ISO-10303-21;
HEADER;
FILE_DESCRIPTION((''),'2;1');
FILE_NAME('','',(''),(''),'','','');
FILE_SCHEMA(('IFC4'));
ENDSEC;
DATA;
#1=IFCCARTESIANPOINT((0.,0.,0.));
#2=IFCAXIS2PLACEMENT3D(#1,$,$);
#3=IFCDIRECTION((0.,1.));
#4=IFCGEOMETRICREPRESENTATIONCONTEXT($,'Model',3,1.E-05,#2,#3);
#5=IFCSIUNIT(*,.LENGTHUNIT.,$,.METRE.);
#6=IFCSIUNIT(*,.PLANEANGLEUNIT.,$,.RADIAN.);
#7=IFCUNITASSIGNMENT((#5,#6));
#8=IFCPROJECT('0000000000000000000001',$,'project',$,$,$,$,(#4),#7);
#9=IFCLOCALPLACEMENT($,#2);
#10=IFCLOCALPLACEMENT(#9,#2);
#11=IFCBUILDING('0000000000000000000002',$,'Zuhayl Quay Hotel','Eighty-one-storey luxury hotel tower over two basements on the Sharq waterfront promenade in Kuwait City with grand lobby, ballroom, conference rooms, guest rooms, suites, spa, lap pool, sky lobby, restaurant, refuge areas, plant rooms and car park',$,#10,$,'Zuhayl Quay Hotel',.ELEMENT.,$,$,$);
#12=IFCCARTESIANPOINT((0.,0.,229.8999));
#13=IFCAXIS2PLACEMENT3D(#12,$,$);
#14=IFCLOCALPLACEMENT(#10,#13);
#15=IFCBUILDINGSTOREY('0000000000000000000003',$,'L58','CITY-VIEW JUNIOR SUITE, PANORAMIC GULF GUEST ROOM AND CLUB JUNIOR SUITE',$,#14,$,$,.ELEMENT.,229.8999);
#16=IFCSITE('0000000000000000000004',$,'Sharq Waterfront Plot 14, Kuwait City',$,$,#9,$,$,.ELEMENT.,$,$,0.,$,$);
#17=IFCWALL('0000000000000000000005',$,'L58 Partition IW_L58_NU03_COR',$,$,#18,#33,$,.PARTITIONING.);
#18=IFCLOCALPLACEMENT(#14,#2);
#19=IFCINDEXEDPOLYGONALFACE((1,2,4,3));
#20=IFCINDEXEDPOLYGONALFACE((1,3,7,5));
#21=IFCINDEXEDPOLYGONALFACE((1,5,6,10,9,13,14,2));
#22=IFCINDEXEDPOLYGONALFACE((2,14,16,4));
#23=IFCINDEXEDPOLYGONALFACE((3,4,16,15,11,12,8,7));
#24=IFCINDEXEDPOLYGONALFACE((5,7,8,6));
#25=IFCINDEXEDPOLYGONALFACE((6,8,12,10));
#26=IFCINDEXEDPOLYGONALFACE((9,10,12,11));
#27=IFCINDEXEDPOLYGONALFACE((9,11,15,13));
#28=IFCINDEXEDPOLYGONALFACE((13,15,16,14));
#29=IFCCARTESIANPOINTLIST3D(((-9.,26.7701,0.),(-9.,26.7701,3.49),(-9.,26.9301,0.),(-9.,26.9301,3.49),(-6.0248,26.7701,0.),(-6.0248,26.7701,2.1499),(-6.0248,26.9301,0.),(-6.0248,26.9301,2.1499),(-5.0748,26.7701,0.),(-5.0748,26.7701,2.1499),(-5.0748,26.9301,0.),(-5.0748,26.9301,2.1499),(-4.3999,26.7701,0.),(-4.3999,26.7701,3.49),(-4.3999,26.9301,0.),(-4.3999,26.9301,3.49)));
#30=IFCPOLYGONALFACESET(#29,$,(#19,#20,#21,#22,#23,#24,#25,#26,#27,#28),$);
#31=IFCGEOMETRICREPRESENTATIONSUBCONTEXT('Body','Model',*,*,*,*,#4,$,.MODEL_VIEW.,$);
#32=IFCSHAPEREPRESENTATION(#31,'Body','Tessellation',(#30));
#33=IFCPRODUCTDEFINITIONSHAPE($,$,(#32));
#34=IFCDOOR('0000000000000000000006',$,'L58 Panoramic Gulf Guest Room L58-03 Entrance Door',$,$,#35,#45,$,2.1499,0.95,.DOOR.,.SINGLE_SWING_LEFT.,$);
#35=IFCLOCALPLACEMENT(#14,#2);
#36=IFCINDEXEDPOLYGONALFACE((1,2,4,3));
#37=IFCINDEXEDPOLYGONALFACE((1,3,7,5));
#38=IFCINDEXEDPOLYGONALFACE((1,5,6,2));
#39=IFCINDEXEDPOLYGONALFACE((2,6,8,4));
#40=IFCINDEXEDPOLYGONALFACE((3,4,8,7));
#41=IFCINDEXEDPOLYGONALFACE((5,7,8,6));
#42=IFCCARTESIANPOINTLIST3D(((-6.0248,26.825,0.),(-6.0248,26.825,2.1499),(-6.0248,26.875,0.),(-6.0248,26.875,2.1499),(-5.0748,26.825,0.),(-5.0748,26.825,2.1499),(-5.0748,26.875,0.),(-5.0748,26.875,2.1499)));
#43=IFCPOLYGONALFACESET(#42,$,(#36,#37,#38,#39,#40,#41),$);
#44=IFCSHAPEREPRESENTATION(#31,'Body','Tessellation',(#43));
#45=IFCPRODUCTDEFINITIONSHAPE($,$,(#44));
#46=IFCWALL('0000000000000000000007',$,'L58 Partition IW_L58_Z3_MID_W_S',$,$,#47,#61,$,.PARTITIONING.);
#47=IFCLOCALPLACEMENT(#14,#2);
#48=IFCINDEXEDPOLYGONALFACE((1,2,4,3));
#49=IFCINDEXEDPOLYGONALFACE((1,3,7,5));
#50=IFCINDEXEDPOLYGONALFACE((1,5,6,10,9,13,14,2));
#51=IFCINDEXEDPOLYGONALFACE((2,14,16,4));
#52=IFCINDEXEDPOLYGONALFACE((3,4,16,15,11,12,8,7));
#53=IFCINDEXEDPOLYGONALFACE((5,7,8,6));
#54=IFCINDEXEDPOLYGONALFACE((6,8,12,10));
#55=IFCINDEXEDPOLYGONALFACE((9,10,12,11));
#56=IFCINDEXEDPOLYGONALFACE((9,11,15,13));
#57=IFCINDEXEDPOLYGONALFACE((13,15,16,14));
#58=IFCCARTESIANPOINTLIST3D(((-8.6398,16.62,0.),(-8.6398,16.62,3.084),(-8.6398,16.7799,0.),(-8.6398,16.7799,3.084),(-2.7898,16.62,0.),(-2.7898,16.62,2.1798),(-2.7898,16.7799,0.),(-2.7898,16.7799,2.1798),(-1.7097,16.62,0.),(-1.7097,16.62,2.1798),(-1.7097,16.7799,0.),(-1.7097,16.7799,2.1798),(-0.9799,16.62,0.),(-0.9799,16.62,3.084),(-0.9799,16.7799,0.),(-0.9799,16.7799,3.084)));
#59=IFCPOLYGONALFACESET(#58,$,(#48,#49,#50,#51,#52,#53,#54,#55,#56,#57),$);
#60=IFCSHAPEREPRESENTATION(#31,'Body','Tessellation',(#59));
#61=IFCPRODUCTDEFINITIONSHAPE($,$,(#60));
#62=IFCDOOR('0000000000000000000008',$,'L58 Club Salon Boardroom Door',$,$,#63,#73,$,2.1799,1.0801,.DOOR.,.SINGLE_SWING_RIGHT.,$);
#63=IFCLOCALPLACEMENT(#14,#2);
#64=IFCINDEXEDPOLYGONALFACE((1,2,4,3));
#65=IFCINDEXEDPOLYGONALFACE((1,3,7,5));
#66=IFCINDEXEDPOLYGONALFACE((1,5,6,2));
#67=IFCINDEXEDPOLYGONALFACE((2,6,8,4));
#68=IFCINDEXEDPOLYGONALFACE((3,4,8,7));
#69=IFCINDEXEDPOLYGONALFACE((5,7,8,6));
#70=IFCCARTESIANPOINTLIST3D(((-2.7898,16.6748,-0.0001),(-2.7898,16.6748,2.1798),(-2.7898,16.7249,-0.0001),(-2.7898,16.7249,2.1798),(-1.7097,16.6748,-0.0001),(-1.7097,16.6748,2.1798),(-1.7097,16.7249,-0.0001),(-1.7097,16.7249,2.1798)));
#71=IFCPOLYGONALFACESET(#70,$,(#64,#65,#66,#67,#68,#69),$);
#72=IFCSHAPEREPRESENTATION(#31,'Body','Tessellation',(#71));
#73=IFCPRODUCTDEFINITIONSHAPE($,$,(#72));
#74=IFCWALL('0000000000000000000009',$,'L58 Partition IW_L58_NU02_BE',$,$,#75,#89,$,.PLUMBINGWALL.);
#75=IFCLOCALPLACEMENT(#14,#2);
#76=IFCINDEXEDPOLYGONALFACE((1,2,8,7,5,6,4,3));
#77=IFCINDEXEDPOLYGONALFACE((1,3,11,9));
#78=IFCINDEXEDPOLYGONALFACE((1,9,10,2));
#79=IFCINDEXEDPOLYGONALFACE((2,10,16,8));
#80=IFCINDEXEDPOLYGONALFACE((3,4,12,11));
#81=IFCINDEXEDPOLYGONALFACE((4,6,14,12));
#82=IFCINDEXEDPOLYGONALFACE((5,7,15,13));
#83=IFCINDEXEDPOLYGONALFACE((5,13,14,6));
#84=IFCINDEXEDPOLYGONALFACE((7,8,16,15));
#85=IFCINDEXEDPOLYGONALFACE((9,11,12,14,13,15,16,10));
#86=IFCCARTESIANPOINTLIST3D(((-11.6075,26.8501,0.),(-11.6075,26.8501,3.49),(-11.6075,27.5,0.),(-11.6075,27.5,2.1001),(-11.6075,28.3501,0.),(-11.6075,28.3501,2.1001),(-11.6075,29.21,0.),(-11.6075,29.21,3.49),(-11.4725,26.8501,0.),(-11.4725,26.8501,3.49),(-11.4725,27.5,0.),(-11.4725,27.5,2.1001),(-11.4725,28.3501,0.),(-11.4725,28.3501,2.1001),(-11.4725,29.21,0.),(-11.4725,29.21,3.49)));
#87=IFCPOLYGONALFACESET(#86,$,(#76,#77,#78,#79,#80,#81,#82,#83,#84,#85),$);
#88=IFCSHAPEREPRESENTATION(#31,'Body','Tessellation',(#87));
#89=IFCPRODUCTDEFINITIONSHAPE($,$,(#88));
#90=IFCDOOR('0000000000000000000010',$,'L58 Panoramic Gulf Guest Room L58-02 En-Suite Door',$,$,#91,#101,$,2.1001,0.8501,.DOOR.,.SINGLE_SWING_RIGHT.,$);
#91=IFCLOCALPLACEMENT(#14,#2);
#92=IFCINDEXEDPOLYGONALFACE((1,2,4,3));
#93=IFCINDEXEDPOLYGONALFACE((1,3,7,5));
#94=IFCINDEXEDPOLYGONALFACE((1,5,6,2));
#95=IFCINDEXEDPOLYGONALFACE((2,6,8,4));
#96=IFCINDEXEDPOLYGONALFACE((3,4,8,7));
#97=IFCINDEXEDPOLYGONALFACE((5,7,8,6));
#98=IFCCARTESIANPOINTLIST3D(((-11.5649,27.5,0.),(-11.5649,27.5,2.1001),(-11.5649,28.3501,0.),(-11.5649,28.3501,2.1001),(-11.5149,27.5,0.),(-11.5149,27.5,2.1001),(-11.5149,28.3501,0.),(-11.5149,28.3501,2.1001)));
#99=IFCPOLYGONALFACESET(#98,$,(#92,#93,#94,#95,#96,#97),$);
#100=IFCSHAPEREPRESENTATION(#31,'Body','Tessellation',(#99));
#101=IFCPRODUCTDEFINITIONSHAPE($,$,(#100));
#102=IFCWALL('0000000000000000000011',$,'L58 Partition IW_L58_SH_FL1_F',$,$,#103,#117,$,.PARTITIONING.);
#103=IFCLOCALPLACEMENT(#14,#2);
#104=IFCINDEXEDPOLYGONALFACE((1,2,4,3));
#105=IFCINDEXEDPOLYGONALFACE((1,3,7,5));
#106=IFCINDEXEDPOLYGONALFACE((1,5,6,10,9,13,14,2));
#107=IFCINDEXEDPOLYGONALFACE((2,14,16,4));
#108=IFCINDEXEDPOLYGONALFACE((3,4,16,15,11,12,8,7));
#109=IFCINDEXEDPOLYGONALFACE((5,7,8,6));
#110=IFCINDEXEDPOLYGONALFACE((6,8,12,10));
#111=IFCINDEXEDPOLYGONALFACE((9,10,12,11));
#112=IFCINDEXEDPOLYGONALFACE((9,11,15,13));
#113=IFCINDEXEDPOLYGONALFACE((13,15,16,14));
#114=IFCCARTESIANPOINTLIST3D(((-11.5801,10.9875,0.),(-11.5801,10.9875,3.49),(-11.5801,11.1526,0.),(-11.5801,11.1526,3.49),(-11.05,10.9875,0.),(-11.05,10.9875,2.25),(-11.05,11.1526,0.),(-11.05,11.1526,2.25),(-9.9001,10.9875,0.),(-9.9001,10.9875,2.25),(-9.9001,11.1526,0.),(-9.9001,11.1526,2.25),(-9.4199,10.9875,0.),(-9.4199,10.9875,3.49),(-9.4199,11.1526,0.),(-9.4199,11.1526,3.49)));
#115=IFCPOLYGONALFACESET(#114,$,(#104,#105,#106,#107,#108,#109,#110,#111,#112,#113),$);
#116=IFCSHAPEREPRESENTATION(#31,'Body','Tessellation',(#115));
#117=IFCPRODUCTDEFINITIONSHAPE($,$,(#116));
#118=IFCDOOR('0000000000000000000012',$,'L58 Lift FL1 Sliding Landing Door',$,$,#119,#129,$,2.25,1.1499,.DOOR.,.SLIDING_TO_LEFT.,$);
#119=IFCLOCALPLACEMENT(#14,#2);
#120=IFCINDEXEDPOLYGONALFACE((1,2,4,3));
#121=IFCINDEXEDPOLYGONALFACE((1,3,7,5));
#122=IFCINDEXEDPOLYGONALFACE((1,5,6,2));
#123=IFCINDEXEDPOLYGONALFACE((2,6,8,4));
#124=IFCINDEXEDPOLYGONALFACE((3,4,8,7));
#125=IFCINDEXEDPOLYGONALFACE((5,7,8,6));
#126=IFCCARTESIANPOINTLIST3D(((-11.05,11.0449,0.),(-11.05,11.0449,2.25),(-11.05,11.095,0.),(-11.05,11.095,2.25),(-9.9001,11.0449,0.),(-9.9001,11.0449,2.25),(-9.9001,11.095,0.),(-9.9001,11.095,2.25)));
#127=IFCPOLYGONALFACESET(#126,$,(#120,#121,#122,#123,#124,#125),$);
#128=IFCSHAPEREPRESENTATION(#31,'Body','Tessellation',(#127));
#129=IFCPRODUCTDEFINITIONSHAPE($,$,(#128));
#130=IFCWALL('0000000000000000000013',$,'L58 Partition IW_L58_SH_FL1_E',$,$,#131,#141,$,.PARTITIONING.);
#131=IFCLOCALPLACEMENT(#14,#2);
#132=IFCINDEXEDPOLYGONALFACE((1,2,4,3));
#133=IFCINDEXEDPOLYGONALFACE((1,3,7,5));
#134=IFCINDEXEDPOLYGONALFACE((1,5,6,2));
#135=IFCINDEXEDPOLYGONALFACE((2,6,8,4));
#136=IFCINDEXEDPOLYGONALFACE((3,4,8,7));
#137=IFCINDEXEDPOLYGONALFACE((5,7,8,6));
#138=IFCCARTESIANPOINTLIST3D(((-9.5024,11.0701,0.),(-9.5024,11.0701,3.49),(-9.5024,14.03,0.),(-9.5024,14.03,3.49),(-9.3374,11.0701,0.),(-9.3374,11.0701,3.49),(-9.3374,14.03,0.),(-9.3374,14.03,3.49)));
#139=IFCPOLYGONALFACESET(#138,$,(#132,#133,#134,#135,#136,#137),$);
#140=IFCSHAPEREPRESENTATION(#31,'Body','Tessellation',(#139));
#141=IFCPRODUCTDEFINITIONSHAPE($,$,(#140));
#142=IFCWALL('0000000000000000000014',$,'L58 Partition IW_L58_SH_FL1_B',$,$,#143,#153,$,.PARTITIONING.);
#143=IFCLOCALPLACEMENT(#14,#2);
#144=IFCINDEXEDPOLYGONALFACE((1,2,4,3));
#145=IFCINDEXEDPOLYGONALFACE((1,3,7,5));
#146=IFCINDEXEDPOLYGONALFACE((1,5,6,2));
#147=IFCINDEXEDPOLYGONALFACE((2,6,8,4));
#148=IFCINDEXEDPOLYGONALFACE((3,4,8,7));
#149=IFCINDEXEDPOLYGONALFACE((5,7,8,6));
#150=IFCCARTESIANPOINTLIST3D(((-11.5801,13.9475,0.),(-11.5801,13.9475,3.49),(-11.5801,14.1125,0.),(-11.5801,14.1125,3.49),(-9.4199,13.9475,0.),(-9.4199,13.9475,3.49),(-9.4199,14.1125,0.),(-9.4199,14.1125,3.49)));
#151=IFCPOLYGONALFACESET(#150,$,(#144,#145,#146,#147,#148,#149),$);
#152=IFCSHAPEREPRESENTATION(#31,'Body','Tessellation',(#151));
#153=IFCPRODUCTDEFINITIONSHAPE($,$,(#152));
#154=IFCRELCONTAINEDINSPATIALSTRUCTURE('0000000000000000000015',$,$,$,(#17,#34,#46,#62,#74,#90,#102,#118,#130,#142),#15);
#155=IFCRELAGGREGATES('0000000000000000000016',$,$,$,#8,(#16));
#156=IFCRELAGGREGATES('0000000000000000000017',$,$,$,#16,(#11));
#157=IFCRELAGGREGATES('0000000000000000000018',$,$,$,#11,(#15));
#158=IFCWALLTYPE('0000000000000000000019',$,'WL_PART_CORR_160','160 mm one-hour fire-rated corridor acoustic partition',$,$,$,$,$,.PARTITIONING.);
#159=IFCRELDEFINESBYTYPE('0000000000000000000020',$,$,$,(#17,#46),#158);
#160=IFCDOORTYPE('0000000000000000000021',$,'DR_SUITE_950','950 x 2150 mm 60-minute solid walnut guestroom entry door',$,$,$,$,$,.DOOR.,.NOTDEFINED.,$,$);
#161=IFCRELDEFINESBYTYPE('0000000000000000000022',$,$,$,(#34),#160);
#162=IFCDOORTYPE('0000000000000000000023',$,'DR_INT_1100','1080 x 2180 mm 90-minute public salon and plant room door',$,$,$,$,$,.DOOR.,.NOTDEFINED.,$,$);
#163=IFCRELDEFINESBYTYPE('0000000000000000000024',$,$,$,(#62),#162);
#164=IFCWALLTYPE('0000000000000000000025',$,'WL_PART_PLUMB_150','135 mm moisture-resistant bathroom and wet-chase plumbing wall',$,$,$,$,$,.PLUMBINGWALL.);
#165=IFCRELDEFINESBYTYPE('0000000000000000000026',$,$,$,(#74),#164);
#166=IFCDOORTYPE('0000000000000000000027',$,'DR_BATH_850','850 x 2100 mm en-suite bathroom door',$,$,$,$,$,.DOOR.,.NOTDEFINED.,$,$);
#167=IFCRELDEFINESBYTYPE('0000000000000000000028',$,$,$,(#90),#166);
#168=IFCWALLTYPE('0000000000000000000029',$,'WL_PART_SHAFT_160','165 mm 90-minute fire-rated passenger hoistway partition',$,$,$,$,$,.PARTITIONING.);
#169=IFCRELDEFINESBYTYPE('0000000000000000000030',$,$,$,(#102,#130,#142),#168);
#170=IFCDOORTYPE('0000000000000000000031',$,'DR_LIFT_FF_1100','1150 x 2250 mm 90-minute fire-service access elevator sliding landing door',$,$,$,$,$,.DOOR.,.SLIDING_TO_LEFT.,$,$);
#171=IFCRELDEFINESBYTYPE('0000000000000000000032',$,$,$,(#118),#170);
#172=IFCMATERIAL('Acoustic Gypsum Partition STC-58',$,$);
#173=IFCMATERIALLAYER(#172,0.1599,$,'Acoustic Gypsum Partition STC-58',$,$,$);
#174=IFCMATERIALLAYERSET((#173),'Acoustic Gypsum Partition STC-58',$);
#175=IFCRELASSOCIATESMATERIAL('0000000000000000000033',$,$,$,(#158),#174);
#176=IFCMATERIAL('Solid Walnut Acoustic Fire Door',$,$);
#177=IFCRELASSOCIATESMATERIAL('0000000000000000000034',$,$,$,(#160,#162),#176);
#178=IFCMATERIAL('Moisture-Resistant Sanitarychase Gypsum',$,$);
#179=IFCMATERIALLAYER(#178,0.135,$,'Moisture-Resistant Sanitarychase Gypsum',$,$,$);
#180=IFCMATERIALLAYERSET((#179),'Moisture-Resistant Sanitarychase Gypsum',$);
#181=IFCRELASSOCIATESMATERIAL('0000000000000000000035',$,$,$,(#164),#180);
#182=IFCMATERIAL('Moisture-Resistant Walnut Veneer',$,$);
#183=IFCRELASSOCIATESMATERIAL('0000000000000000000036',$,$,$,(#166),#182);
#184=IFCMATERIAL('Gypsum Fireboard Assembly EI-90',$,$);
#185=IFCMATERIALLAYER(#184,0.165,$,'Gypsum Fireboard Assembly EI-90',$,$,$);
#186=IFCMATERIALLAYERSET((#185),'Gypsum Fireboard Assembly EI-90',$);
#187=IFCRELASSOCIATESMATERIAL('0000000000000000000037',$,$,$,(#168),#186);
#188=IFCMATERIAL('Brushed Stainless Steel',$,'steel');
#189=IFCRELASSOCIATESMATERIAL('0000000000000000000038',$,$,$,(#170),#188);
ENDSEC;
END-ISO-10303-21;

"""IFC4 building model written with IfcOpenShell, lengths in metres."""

from ifc_helpers import new_model, si_unit, direction, frame, frame_2d, origin, place, context, subcontext, project, spatial, rectangle, extrude, material, layer, layer_set, type_object, element, fill, save


model = new_model("IFC4")

# Units and contexts
model_context = context("Model", 3, precision=1e-05, world=origin(), true_north=direction((0.0, 1.0)))
body_context = subcontext(model_context, "Body", "Model", "MODEL_VIEW")
ifc_project = project(units=[si_unit("LENGTHUNIT", "METRE"), si_unit("PLANEANGLEUNIT", "RADIAN")], contexts=[model_context])

# Site, building, storey
site_placement = place(None, origin())
site = spatial("IfcSite", under=ifc_project, at=site_placement, Name="Sharq Waterfront Plot 14, Kuwait City", CompositionType="ELEMENT", RefElevation=0.0)
building_placement = place(site_placement, origin())
building = spatial("IfcBuilding", under=site, at=building_placement, Name="Zuhayl Quay Hotel", Description="Eighty-one-storey luxury hotel tower over two basements on the Sharq waterfront promenade in Kuwait City with grand lobby, ballroom, conference rooms, guest rooms, suites, spa, lap pool, sky lobby, restaurant, refuge areas, plant rooms and car park", LongName="Zuhayl Quay Hotel", CompositionType="ELEMENT")
storey_placement = place(building_placement, frame((0.0, 0.0, 229.8999)))
storey = spatial("IfcBuildingStorey", under=building, at=storey_placement, Name="L58", Description="CITY-VIEW JUNIOR SUITE, PANORAMIC GULF GUEST ROOM AND CLUB JUNIOR SUITE", CompositionType="ELEMENT", Elevation=229.8999)

# Shared definitions
ifc_material_1 = material(Name="Acoustic Gypsum Partition STC-58")

# Walls, openings, doors
ifc_layer_1 = layer(ifc_material_1, 0.1599, Name="Acoustic Gypsum Partition STC-58")
ifc_layer_set_1 = layer_set([ifc_layer_1], Name="Acoustic Gypsum Partition STC-58")
wall_type_1 = type_object("IfcWallType", Name="WL_PART_CORR_160", Description="160 mm one-hour fire-rated corridor acoustic partition", PredefinedType="PARTITIONING", material=ifc_layer_set_1)
ifc_material_2 = material(Name="Solid Walnut Acoustic Fire Door")
door_type_1 = type_object("IfcDoorType", Name="DR_SUITE_950", Description="950 x 2150 mm 60-minute solid walnut guestroom entry door", OperationType="NOTDEFINED", PredefinedType="DOOR", material=ifc_material_2)
wall_1_placement = place(storey_placement, frame((-9.0, 26.8501, 0.0), z_axis=(0.0, 0.0, 1.0), x_axis=(1.0, 0.0, 0.0)))
wall_1 = element("IfcWall", 1, at=wall_1_placement, inside=storey, type_object=wall_type_1, Name="L58 Partition IW_L58_NU03_COR", PredefinedType="PARTITIONING", context=body_context, shape_type="SweptSolid", body=[
    extrude(rectangle(XDim=4.6001, YDim=0.1599, at=frame_2d((2.3, 0.0))), origin(), (0.0, 0.0, 1.0), 3.49),
])
opening_1_placement = place(wall_1_placement, frame((2.9751, 0.0, 0.0)))
opening_1 = element("IfcOpeningElement", 2, at=opening_1_placement, cuts=wall_1, PredefinedType="OPENING", context=body_context, shape_type="SweptSolid", body=[
    extrude(rectangle(XDim=0.95, YDim=2.1499, at=frame_2d((0.4751, 1.075))), frame((0.0, 0.0898, 0.0), z_axis=(0.0, -1.0, 0.0), x_axis=(1.0, 0.0, 0.0)), (0.0, 0.0, 1.0), 0.1799),
])
door_1_placement = place(opening_1_placement, origin())
door_1 = element("IfcDoor", 3, at=door_1_placement, inside=storey, type_object=door_type_1, Name="L58 Panoramic Gulf Guest Room L58-03 Entrance Door", OperationType="SINGLE_SWING_LEFT", OverallHeight=2.1499, OverallWidth=0.95, PredefinedType="DOOR", context=body_context, shape_type="SweptSolid", body=[
    extrude(rectangle(XDim=0.95, YDim=2.1499, at=frame_2d((0.4751, 1.075))), frame((0.0, 0.0249, 0.0), z_axis=(0.0, -1.0, 0.0), x_axis=(1.0, 0.0, 0.0)), (0.0, 0.0, 1.0), 0.05),
])
fill(opening_1, door_1)
wall_2_placement = place(storey_placement, frame((-8.6399, 16.7, 0.0), z_axis=(0.0, 0.0, 1.0), x_axis=(1.0, 0.0, 0.0)))
wall_2 = element("IfcWall", 4, at=wall_2_placement, inside=storey, type_object=wall_type_1, Name="L58 Partition IW_L58_Z3_MID_W_S", PredefinedType="PARTITIONING", context=body_context, shape_type="SweptSolid", body=[
    extrude(rectangle(XDim=7.6599, YDim=0.1599, at=frame_2d((3.8301, 0.0))), origin(), (0.0, 0.0, 1.0), 3.084),
])
opening_2_placement = place(wall_2_placement, frame((5.8501, 0.0, 0.0)))
opening_2 = element("IfcOpeningElement", 5, at=opening_2_placement, cuts=wall_2, PredefinedType="OPENING", context=body_context, shape_type="SweptSolid", body=[
    extrude(rectangle(XDim=1.0801, YDim=2.1799, at=frame_2d((0.54, 1.0898))), frame((0.0, 0.0898, 0.0), z_axis=(0.0, -1.0, 0.0), x_axis=(1.0, 0.0, 0.0)), (0.0, 0.0, 1.0), 0.1799),
])
door_type_2 = type_object("IfcDoorType", Name="DR_INT_1100", Description="1080 x 2180 mm 90-minute public salon and plant room door", OperationType="NOTDEFINED", PredefinedType="DOOR", material=ifc_material_2)
door_2_placement = place(opening_2_placement, origin())
door_2 = element("IfcDoor", 6, at=door_2_placement, inside=storey, type_object=door_type_2, Name="L58 Club Salon Boardroom Door", OperationType="SINGLE_SWING_RIGHT", OverallHeight=2.1799, OverallWidth=1.0801, PredefinedType="DOOR", context=body_context, shape_type="SweptSolid", body=[
    extrude(rectangle(XDim=1.0801, YDim=2.1799, at=frame_2d((0.54, 1.0898))), frame((0.0, 0.0249, 0.0), z_axis=(0.0, -1.0, 0.0), x_axis=(1.0, 0.0, 0.0)), (0.0, 0.0, 1.0), 0.05),
])
fill(opening_2, door_2)
ifc_material_3 = material(Name="Moisture-Resistant Sanitarychase Gypsum")
ifc_layer_2 = layer(ifc_material_3, 0.135, Name="Moisture-Resistant Sanitarychase Gypsum")
ifc_layer_set_2 = layer_set([ifc_layer_2], Name="Moisture-Resistant Sanitarychase Gypsum")
wall_type_2 = type_object("IfcWallType", Name="WL_PART_PLUMB_150", Description="135 mm moisture-resistant bathroom and wet-chase plumbing wall", PredefinedType="PLUMBINGWALL", material=ifc_layer_set_2)
wall_3_placement = place(storey_placement, frame((-11.54, 26.8501, 0.0), z_axis=(0.0, 0.0, 1.0), x_axis=(0.0, 1.0, 0.0)))
wall_3 = element("IfcWall", 7, at=wall_3_placement, inside=storey, type_object=wall_type_2, Name="L58 Partition IW_L58_NU02_BE", PredefinedType="PLUMBINGWALL", context=body_context, shape_type="SweptSolid", body=[
    extrude(rectangle(XDim=2.3599, YDim=0.135, at=frame_2d((1.1799, 0.0))), origin(), (0.0, 0.0, 1.0), 3.49),
])
opening_3_placement = place(wall_3_placement, frame((0.6499, 0.0, 0.0)))
opening_3 = element("IfcOpeningElement", 8, at=opening_3_placement, cuts=wall_3, PredefinedType="OPENING", context=body_context, shape_type="SweptSolid", body=[
    extrude(rectangle(XDim=0.8501, YDim=2.1001, at=frame_2d((0.425, 1.05))), frame((0.0, 0.0774, 0.0), z_axis=(0.0, -1.0, 0.0), x_axis=(1.0, 0.0, 0.0)), (0.0, 0.0, 1.0), 0.155),
])
ifc_material_4 = material(Name="Moisture-Resistant Walnut Veneer")
door_type_3 = type_object("IfcDoorType", Name="DR_BATH_850", Description="850 x 2100 mm en-suite bathroom door", OperationType="NOTDEFINED", PredefinedType="DOOR", material=ifc_material_4)
door_3_placement = place(opening_3_placement, origin())
door_3 = element("IfcDoor", 9, at=door_3_placement, inside=storey, type_object=door_type_3, Name="L58 Panoramic Gulf Guest Room L58-02 En-Suite Door", OperationType="SINGLE_SWING_RIGHT", OverallHeight=2.1001, OverallWidth=0.8501, PredefinedType="DOOR", context=body_context, shape_type="SweptSolid", body=[
    extrude(rectangle(XDim=0.8501, YDim=2.1001, at=frame_2d((0.425, 1.05))), frame((0.0, 0.0249, 0.0), z_axis=(0.0, -1.0, 0.0), x_axis=(1.0, 0.0, 0.0)), (0.0, 0.0, 1.0), 0.05),
])
fill(opening_3, door_3)
ifc_material_5 = material(Name="Gypsum Fireboard Assembly EI-90")
ifc_layer_3 = layer(ifc_material_5, 0.165, Name="Gypsum Fireboard Assembly EI-90")
ifc_layer_set_3 = layer_set([ifc_layer_3], Name="Gypsum Fireboard Assembly EI-90")
wall_type_3 = type_object("IfcWallType", Name="WL_PART_SHAFT_160", Description="165 mm 90-minute fire-rated passenger hoistway partition", PredefinedType="PARTITIONING", material=ifc_layer_set_3)
wall_4_placement = place(storey_placement, frame((-11.5801, 11.0701, 0.0), z_axis=(0.0, 0.0, 1.0), x_axis=(1.0, 0.0, 0.0)))
wall_4 = element("IfcWall", 10, at=wall_4_placement, inside=storey, type_object=wall_type_3, Name="L58 Partition IW_L58_SH_FL1_F", PredefinedType="PARTITIONING", context=body_context, shape_type="SweptSolid", body=[
    extrude(rectangle(XDim=2.1602, YDim=0.165, at=frame_2d((1.0801, 0.0))), origin(), (0.0, 0.0, 1.0), 3.49),
])
opening_4_placement = place(wall_4_placement, frame((0.53, 0.0, 0.0)))
opening_4 = element("IfcOpeningElement", 11, at=opening_4_placement, cuts=wall_4, PredefinedType="OPENING", context=body_context, shape_type="SweptSolid", body=[
    extrude(rectangle(XDim=1.1499, YDim=2.25, at=frame_2d((0.575, 1.125))), frame((0.0, 0.0925, 0.0), z_axis=(0.0, -1.0, 0.0), x_axis=(1.0, 0.0, 0.0)), (0.0, 0.0, 1.0), 0.1851),
])
ifc_material_6 = material(Name="Brushed Stainless Steel", Category="steel")
door_type_4 = type_object("IfcDoorType", Name="DR_LIFT_FF_1100", Description="1150 x 2250 mm 90-minute fire-service access elevator sliding landing door", OperationType="SLIDING_TO_LEFT", PredefinedType="DOOR", material=ifc_material_6)
door_4_placement = place(opening_4_placement, origin())
door_4 = element("IfcDoor", 12, at=door_4_placement, inside=storey, type_object=door_type_4, Name="L58 Lift FL1 Sliding Landing Door", OperationType="SLIDING_TO_LEFT", OverallHeight=2.25, OverallWidth=1.1499, PredefinedType="DOOR", context=body_context, shape_type="SweptSolid", body=[
    extrude(rectangle(XDim=1.1499, YDim=2.25, at=frame_2d((0.575, 1.125))), frame((0.0, 0.0249, 0.0), z_axis=(0.0, -1.0, 0.0), x_axis=(1.0, 0.0, 0.0)), (0.0, 0.0, 1.0), 0.05),
])
fill(opening_4, door_4)

# Walls
wall_5_placement = place(storey_placement, frame((-9.4199, 11.0701, 0.0), z_axis=(0.0, 0.0, 1.0), x_axis=(0.0, 1.0, 0.0)))
element("IfcWall", 13, at=wall_5_placement, inside=storey, type_object=wall_type_3, Name="L58 Partition IW_L58_SH_FL1_E", PredefinedType="PARTITIONING", context=body_context, shape_type="SweptSolid", body=[
    extrude(rectangle(XDim=2.96, YDim=0.165, at=frame_2d((1.48, 0.0))), origin(), (0.0, 0.0, 1.0), 3.49),
])
wall_6_placement = place(storey_placement, frame((-11.5801, 14.03, 0.0), z_axis=(0.0, 0.0, 1.0), x_axis=(1.0, 0.0, 0.0)))
element("IfcWall", 14, at=wall_6_placement, inside=storey, type_object=wall_type_3, Name="L58 Partition IW_L58_SH_FL1_B", PredefinedType="PARTITIONING", context=body_context, shape_type="SweptSolid", body=[
    extrude(rectangle(XDim=2.1602, YDim=0.165, at=frame_2d((1.0801, 0.0))), origin(), (0.0, 0.0, 1.0), 3.49),
])

save(model, "model.ifc")
